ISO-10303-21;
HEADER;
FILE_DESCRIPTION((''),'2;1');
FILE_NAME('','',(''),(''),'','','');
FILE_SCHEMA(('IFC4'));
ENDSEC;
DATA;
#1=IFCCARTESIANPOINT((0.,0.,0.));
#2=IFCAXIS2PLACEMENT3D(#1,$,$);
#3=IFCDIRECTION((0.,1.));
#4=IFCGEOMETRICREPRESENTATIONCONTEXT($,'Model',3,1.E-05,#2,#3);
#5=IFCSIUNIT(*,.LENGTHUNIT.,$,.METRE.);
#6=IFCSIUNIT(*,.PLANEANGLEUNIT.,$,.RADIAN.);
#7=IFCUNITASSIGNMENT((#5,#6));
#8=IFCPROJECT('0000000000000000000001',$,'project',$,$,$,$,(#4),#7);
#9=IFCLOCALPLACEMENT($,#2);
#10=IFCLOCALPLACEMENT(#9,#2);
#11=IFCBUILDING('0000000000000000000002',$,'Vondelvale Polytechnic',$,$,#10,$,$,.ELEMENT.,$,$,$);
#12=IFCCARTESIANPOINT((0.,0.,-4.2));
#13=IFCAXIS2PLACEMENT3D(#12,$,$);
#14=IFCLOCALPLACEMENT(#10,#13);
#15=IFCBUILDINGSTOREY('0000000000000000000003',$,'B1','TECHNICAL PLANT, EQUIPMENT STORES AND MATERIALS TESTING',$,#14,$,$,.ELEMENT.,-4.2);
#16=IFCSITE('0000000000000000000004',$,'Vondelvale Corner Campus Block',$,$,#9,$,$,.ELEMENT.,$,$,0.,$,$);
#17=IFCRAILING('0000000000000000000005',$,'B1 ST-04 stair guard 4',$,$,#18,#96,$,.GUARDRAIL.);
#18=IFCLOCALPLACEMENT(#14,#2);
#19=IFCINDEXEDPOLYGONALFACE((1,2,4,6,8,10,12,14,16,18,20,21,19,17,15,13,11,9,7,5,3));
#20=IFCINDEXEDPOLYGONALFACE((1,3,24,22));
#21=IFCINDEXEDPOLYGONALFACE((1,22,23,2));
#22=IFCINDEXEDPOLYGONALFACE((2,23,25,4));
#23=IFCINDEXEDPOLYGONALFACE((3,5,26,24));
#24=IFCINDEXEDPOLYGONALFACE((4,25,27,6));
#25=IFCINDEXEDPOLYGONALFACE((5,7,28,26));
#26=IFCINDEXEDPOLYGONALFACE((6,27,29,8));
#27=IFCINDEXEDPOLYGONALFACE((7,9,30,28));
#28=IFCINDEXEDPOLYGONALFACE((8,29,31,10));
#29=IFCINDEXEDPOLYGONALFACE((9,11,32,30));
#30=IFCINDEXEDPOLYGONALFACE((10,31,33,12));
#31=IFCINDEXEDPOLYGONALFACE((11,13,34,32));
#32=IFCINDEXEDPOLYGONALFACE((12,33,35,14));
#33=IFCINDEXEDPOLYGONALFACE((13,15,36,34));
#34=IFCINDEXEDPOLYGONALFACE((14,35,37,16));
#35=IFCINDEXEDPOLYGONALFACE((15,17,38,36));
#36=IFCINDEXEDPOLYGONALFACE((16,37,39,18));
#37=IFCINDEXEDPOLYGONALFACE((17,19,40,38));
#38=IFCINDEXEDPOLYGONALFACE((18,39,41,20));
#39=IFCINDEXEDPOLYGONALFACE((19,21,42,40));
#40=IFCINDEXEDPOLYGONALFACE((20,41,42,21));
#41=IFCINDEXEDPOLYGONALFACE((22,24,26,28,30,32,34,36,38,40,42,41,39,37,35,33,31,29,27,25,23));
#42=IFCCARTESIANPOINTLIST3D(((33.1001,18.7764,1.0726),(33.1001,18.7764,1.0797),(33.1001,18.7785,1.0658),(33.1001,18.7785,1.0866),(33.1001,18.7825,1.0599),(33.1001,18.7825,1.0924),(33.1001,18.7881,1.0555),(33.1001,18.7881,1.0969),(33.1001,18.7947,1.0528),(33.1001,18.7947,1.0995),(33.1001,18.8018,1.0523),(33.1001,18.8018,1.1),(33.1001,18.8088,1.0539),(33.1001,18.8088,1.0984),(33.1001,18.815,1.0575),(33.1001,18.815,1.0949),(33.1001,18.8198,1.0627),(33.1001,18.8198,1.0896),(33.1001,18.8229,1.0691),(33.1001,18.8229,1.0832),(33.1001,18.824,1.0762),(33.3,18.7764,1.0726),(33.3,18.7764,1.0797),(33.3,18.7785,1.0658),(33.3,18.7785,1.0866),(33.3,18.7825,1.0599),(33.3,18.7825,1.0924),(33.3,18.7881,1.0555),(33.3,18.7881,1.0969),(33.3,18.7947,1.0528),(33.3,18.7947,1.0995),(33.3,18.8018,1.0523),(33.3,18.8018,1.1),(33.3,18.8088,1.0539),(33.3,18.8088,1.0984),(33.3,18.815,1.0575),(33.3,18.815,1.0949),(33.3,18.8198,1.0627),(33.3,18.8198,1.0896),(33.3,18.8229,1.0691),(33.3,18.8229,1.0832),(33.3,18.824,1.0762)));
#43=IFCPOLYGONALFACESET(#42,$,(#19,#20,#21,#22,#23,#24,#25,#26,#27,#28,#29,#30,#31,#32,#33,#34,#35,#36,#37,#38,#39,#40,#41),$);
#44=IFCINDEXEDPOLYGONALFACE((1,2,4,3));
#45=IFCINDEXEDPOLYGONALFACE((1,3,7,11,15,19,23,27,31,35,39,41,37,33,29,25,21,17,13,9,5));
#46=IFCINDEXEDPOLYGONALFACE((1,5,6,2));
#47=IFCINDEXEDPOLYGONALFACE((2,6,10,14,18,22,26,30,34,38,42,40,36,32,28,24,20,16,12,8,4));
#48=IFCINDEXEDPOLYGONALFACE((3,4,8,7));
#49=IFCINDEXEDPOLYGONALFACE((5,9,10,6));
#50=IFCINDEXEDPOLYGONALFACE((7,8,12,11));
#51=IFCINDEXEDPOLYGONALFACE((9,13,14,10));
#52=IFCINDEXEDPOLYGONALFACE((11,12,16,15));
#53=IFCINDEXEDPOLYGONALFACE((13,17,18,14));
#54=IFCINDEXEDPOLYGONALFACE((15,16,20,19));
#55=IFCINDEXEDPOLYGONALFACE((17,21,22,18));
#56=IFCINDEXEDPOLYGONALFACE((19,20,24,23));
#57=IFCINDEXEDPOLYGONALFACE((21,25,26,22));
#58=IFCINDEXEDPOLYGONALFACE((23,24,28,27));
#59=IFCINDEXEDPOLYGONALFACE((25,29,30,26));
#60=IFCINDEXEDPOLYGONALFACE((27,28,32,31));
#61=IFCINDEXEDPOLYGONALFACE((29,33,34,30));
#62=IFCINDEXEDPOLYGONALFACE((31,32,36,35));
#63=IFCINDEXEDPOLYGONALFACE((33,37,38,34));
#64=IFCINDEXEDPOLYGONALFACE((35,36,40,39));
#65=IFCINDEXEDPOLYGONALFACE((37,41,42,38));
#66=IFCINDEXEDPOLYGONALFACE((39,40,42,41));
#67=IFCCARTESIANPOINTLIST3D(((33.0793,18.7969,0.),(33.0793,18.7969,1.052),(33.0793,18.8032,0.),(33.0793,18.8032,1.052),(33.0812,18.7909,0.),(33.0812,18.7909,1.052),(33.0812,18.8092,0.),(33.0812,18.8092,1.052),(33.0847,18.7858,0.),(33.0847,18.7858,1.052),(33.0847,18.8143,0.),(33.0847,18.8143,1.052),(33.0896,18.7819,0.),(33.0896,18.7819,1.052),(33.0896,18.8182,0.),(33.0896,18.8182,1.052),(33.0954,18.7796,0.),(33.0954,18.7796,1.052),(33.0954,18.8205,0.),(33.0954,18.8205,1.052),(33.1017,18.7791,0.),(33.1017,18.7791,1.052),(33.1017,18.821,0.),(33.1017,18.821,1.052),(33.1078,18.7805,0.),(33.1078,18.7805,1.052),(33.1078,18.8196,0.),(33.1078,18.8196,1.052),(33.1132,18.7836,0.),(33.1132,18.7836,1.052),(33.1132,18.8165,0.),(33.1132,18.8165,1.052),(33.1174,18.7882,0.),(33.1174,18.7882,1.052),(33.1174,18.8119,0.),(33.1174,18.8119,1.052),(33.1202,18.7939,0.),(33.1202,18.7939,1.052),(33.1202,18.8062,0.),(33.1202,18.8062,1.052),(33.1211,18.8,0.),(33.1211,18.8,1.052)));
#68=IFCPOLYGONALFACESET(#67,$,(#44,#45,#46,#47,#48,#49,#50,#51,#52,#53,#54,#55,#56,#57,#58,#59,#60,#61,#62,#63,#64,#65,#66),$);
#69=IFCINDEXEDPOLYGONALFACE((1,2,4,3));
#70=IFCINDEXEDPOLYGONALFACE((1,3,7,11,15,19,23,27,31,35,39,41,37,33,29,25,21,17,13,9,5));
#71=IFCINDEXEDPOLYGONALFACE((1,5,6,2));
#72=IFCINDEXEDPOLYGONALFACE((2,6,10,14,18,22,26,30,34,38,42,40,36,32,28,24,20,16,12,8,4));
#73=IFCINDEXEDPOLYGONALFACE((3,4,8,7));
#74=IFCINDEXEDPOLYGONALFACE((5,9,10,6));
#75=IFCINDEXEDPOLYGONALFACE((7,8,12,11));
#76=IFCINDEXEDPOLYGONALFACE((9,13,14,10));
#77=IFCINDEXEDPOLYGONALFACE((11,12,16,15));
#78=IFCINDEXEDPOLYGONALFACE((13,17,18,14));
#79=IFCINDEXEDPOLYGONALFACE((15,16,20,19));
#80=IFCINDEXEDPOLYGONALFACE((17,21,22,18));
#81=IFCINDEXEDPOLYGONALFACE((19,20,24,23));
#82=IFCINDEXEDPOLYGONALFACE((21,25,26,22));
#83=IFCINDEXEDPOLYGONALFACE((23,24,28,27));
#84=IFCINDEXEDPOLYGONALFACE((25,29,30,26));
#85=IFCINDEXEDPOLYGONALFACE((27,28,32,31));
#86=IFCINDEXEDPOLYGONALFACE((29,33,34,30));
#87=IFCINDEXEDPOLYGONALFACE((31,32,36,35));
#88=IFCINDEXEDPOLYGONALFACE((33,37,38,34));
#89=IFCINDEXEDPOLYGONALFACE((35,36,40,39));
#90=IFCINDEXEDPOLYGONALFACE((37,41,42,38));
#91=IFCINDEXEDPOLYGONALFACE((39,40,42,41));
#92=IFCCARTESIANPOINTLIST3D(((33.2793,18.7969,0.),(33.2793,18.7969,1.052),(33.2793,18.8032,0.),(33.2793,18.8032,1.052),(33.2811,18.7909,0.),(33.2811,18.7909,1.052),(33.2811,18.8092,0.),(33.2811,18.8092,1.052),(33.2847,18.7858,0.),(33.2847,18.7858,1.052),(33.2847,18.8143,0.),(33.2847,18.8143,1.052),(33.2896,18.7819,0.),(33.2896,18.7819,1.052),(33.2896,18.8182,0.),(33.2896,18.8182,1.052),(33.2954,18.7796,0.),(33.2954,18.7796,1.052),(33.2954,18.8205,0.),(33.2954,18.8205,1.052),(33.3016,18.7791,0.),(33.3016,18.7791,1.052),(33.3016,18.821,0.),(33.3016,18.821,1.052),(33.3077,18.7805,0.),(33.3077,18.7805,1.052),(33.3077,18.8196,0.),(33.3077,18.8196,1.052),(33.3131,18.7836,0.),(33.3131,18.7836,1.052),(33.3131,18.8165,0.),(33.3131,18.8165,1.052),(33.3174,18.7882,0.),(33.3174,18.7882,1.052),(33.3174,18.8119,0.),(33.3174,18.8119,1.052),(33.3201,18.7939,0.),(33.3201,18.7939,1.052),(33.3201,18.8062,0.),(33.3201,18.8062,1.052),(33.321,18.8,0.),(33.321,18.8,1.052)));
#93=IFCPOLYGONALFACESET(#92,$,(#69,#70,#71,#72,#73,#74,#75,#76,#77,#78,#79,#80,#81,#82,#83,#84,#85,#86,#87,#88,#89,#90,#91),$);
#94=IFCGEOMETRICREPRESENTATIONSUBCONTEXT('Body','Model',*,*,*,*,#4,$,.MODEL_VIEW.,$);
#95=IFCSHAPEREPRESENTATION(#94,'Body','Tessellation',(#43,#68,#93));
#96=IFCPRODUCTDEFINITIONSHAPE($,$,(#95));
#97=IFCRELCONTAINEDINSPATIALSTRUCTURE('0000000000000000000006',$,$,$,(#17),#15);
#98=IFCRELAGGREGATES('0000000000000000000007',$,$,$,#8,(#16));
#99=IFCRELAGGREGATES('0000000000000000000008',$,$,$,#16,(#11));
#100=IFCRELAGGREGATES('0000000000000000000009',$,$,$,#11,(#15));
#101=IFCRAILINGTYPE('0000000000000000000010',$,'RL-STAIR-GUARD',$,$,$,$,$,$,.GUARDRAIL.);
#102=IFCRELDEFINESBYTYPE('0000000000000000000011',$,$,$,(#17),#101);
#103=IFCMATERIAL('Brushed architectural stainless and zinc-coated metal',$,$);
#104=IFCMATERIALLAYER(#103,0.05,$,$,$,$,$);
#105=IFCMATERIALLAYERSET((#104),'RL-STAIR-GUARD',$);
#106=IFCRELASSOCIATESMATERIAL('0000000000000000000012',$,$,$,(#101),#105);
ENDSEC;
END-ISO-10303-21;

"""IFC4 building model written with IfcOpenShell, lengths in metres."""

from ifc_helpers import new_model, si_unit, direction, frame, origin, origin_2d, place, context, subcontext, project, spatial, circle, extrude, material, layer, layer_set, type_object, element, save


model = new_model("IFC4")

# Units and contexts
model_context = context("Model", 3, precision=1e-05, world=origin(), true_north=direction((0.0, 1.0)))
body_context = subcontext(model_context, "Body", "Model", "MODEL_VIEW")
ifc_project = project(units=[si_unit("LENGTHUNIT", "METRE"), si_unit("PLANEANGLEUNIT", "RADIAN")], contexts=[model_context])

# Site, building, storey
site_placement = place(None, origin())
site = spatial("IfcSite", under=ifc_project, at=site_placement, Name="Vondelvale Corner Campus Block", CompositionType="ELEMENT", RefElevation=0.0)
building_placement = place(site_placement, origin())
building = spatial("IfcBuilding", under=site, at=building_placement, Name="Vondelvale Polytechnic", CompositionType="ELEMENT")
storey_placement = place(building_placement, frame((0.0, 0.0, -4.2)))
storey = spatial("IfcBuildingStorey", under=building, at=storey_placement, Name="B1", Description="TECHNICAL PLANT, EQUIPMENT STORES AND MATERIALS TESTING", CompositionType="ELEMENT", Elevation=-4.2)

# Shared definitions
ifc_material_1 = material(Name="Brushed architectural stainless and zinc-coated metal")

# Railing
ifc_layer_1 = layer(ifc_material_1, 0.05)
ifc_layer_set_1 = layer_set([ifc_layer_1], Name="RL-STAIR-GUARD")
railing_type_1 = type_object("IfcRailingType", Name="RL-STAIR-GUARD", PredefinedType="GUARDRAIL", material=ifc_layer_set_1)
railing_1_placement = place(storey_placement, frame((33.1001, 18.8, 0.0)))
element("IfcRailing", 1, at=railing_1_placement, inside=storey, type_object=railing_type_1, Name="B1 ST-04 stair guard 4", PredefinedType="GUARDRAIL", context=body_context, shape_type="SweptSolid", body=[
    extrude(circle(Radius=0.0239, at=origin_2d()), frame((0.0, 0.0, 1.0762), z_axis=(1.0, 0.0, 0.0), x_axis=(0.0, 1.0, 0.0)), (0.0, 0.0, 1.0), 0.2),
    extrude(circle(Radius=0.021, at=origin_2d()), origin(), (0.0, 0.0, 1.0), 1.052),
    extrude(circle(Radius=0.021, at=origin_2d()), frame((0.2, 0.0, 0.0)), (0.0, 0.0, 1.0), 1.052),
])

save(model, "model.ifc")
